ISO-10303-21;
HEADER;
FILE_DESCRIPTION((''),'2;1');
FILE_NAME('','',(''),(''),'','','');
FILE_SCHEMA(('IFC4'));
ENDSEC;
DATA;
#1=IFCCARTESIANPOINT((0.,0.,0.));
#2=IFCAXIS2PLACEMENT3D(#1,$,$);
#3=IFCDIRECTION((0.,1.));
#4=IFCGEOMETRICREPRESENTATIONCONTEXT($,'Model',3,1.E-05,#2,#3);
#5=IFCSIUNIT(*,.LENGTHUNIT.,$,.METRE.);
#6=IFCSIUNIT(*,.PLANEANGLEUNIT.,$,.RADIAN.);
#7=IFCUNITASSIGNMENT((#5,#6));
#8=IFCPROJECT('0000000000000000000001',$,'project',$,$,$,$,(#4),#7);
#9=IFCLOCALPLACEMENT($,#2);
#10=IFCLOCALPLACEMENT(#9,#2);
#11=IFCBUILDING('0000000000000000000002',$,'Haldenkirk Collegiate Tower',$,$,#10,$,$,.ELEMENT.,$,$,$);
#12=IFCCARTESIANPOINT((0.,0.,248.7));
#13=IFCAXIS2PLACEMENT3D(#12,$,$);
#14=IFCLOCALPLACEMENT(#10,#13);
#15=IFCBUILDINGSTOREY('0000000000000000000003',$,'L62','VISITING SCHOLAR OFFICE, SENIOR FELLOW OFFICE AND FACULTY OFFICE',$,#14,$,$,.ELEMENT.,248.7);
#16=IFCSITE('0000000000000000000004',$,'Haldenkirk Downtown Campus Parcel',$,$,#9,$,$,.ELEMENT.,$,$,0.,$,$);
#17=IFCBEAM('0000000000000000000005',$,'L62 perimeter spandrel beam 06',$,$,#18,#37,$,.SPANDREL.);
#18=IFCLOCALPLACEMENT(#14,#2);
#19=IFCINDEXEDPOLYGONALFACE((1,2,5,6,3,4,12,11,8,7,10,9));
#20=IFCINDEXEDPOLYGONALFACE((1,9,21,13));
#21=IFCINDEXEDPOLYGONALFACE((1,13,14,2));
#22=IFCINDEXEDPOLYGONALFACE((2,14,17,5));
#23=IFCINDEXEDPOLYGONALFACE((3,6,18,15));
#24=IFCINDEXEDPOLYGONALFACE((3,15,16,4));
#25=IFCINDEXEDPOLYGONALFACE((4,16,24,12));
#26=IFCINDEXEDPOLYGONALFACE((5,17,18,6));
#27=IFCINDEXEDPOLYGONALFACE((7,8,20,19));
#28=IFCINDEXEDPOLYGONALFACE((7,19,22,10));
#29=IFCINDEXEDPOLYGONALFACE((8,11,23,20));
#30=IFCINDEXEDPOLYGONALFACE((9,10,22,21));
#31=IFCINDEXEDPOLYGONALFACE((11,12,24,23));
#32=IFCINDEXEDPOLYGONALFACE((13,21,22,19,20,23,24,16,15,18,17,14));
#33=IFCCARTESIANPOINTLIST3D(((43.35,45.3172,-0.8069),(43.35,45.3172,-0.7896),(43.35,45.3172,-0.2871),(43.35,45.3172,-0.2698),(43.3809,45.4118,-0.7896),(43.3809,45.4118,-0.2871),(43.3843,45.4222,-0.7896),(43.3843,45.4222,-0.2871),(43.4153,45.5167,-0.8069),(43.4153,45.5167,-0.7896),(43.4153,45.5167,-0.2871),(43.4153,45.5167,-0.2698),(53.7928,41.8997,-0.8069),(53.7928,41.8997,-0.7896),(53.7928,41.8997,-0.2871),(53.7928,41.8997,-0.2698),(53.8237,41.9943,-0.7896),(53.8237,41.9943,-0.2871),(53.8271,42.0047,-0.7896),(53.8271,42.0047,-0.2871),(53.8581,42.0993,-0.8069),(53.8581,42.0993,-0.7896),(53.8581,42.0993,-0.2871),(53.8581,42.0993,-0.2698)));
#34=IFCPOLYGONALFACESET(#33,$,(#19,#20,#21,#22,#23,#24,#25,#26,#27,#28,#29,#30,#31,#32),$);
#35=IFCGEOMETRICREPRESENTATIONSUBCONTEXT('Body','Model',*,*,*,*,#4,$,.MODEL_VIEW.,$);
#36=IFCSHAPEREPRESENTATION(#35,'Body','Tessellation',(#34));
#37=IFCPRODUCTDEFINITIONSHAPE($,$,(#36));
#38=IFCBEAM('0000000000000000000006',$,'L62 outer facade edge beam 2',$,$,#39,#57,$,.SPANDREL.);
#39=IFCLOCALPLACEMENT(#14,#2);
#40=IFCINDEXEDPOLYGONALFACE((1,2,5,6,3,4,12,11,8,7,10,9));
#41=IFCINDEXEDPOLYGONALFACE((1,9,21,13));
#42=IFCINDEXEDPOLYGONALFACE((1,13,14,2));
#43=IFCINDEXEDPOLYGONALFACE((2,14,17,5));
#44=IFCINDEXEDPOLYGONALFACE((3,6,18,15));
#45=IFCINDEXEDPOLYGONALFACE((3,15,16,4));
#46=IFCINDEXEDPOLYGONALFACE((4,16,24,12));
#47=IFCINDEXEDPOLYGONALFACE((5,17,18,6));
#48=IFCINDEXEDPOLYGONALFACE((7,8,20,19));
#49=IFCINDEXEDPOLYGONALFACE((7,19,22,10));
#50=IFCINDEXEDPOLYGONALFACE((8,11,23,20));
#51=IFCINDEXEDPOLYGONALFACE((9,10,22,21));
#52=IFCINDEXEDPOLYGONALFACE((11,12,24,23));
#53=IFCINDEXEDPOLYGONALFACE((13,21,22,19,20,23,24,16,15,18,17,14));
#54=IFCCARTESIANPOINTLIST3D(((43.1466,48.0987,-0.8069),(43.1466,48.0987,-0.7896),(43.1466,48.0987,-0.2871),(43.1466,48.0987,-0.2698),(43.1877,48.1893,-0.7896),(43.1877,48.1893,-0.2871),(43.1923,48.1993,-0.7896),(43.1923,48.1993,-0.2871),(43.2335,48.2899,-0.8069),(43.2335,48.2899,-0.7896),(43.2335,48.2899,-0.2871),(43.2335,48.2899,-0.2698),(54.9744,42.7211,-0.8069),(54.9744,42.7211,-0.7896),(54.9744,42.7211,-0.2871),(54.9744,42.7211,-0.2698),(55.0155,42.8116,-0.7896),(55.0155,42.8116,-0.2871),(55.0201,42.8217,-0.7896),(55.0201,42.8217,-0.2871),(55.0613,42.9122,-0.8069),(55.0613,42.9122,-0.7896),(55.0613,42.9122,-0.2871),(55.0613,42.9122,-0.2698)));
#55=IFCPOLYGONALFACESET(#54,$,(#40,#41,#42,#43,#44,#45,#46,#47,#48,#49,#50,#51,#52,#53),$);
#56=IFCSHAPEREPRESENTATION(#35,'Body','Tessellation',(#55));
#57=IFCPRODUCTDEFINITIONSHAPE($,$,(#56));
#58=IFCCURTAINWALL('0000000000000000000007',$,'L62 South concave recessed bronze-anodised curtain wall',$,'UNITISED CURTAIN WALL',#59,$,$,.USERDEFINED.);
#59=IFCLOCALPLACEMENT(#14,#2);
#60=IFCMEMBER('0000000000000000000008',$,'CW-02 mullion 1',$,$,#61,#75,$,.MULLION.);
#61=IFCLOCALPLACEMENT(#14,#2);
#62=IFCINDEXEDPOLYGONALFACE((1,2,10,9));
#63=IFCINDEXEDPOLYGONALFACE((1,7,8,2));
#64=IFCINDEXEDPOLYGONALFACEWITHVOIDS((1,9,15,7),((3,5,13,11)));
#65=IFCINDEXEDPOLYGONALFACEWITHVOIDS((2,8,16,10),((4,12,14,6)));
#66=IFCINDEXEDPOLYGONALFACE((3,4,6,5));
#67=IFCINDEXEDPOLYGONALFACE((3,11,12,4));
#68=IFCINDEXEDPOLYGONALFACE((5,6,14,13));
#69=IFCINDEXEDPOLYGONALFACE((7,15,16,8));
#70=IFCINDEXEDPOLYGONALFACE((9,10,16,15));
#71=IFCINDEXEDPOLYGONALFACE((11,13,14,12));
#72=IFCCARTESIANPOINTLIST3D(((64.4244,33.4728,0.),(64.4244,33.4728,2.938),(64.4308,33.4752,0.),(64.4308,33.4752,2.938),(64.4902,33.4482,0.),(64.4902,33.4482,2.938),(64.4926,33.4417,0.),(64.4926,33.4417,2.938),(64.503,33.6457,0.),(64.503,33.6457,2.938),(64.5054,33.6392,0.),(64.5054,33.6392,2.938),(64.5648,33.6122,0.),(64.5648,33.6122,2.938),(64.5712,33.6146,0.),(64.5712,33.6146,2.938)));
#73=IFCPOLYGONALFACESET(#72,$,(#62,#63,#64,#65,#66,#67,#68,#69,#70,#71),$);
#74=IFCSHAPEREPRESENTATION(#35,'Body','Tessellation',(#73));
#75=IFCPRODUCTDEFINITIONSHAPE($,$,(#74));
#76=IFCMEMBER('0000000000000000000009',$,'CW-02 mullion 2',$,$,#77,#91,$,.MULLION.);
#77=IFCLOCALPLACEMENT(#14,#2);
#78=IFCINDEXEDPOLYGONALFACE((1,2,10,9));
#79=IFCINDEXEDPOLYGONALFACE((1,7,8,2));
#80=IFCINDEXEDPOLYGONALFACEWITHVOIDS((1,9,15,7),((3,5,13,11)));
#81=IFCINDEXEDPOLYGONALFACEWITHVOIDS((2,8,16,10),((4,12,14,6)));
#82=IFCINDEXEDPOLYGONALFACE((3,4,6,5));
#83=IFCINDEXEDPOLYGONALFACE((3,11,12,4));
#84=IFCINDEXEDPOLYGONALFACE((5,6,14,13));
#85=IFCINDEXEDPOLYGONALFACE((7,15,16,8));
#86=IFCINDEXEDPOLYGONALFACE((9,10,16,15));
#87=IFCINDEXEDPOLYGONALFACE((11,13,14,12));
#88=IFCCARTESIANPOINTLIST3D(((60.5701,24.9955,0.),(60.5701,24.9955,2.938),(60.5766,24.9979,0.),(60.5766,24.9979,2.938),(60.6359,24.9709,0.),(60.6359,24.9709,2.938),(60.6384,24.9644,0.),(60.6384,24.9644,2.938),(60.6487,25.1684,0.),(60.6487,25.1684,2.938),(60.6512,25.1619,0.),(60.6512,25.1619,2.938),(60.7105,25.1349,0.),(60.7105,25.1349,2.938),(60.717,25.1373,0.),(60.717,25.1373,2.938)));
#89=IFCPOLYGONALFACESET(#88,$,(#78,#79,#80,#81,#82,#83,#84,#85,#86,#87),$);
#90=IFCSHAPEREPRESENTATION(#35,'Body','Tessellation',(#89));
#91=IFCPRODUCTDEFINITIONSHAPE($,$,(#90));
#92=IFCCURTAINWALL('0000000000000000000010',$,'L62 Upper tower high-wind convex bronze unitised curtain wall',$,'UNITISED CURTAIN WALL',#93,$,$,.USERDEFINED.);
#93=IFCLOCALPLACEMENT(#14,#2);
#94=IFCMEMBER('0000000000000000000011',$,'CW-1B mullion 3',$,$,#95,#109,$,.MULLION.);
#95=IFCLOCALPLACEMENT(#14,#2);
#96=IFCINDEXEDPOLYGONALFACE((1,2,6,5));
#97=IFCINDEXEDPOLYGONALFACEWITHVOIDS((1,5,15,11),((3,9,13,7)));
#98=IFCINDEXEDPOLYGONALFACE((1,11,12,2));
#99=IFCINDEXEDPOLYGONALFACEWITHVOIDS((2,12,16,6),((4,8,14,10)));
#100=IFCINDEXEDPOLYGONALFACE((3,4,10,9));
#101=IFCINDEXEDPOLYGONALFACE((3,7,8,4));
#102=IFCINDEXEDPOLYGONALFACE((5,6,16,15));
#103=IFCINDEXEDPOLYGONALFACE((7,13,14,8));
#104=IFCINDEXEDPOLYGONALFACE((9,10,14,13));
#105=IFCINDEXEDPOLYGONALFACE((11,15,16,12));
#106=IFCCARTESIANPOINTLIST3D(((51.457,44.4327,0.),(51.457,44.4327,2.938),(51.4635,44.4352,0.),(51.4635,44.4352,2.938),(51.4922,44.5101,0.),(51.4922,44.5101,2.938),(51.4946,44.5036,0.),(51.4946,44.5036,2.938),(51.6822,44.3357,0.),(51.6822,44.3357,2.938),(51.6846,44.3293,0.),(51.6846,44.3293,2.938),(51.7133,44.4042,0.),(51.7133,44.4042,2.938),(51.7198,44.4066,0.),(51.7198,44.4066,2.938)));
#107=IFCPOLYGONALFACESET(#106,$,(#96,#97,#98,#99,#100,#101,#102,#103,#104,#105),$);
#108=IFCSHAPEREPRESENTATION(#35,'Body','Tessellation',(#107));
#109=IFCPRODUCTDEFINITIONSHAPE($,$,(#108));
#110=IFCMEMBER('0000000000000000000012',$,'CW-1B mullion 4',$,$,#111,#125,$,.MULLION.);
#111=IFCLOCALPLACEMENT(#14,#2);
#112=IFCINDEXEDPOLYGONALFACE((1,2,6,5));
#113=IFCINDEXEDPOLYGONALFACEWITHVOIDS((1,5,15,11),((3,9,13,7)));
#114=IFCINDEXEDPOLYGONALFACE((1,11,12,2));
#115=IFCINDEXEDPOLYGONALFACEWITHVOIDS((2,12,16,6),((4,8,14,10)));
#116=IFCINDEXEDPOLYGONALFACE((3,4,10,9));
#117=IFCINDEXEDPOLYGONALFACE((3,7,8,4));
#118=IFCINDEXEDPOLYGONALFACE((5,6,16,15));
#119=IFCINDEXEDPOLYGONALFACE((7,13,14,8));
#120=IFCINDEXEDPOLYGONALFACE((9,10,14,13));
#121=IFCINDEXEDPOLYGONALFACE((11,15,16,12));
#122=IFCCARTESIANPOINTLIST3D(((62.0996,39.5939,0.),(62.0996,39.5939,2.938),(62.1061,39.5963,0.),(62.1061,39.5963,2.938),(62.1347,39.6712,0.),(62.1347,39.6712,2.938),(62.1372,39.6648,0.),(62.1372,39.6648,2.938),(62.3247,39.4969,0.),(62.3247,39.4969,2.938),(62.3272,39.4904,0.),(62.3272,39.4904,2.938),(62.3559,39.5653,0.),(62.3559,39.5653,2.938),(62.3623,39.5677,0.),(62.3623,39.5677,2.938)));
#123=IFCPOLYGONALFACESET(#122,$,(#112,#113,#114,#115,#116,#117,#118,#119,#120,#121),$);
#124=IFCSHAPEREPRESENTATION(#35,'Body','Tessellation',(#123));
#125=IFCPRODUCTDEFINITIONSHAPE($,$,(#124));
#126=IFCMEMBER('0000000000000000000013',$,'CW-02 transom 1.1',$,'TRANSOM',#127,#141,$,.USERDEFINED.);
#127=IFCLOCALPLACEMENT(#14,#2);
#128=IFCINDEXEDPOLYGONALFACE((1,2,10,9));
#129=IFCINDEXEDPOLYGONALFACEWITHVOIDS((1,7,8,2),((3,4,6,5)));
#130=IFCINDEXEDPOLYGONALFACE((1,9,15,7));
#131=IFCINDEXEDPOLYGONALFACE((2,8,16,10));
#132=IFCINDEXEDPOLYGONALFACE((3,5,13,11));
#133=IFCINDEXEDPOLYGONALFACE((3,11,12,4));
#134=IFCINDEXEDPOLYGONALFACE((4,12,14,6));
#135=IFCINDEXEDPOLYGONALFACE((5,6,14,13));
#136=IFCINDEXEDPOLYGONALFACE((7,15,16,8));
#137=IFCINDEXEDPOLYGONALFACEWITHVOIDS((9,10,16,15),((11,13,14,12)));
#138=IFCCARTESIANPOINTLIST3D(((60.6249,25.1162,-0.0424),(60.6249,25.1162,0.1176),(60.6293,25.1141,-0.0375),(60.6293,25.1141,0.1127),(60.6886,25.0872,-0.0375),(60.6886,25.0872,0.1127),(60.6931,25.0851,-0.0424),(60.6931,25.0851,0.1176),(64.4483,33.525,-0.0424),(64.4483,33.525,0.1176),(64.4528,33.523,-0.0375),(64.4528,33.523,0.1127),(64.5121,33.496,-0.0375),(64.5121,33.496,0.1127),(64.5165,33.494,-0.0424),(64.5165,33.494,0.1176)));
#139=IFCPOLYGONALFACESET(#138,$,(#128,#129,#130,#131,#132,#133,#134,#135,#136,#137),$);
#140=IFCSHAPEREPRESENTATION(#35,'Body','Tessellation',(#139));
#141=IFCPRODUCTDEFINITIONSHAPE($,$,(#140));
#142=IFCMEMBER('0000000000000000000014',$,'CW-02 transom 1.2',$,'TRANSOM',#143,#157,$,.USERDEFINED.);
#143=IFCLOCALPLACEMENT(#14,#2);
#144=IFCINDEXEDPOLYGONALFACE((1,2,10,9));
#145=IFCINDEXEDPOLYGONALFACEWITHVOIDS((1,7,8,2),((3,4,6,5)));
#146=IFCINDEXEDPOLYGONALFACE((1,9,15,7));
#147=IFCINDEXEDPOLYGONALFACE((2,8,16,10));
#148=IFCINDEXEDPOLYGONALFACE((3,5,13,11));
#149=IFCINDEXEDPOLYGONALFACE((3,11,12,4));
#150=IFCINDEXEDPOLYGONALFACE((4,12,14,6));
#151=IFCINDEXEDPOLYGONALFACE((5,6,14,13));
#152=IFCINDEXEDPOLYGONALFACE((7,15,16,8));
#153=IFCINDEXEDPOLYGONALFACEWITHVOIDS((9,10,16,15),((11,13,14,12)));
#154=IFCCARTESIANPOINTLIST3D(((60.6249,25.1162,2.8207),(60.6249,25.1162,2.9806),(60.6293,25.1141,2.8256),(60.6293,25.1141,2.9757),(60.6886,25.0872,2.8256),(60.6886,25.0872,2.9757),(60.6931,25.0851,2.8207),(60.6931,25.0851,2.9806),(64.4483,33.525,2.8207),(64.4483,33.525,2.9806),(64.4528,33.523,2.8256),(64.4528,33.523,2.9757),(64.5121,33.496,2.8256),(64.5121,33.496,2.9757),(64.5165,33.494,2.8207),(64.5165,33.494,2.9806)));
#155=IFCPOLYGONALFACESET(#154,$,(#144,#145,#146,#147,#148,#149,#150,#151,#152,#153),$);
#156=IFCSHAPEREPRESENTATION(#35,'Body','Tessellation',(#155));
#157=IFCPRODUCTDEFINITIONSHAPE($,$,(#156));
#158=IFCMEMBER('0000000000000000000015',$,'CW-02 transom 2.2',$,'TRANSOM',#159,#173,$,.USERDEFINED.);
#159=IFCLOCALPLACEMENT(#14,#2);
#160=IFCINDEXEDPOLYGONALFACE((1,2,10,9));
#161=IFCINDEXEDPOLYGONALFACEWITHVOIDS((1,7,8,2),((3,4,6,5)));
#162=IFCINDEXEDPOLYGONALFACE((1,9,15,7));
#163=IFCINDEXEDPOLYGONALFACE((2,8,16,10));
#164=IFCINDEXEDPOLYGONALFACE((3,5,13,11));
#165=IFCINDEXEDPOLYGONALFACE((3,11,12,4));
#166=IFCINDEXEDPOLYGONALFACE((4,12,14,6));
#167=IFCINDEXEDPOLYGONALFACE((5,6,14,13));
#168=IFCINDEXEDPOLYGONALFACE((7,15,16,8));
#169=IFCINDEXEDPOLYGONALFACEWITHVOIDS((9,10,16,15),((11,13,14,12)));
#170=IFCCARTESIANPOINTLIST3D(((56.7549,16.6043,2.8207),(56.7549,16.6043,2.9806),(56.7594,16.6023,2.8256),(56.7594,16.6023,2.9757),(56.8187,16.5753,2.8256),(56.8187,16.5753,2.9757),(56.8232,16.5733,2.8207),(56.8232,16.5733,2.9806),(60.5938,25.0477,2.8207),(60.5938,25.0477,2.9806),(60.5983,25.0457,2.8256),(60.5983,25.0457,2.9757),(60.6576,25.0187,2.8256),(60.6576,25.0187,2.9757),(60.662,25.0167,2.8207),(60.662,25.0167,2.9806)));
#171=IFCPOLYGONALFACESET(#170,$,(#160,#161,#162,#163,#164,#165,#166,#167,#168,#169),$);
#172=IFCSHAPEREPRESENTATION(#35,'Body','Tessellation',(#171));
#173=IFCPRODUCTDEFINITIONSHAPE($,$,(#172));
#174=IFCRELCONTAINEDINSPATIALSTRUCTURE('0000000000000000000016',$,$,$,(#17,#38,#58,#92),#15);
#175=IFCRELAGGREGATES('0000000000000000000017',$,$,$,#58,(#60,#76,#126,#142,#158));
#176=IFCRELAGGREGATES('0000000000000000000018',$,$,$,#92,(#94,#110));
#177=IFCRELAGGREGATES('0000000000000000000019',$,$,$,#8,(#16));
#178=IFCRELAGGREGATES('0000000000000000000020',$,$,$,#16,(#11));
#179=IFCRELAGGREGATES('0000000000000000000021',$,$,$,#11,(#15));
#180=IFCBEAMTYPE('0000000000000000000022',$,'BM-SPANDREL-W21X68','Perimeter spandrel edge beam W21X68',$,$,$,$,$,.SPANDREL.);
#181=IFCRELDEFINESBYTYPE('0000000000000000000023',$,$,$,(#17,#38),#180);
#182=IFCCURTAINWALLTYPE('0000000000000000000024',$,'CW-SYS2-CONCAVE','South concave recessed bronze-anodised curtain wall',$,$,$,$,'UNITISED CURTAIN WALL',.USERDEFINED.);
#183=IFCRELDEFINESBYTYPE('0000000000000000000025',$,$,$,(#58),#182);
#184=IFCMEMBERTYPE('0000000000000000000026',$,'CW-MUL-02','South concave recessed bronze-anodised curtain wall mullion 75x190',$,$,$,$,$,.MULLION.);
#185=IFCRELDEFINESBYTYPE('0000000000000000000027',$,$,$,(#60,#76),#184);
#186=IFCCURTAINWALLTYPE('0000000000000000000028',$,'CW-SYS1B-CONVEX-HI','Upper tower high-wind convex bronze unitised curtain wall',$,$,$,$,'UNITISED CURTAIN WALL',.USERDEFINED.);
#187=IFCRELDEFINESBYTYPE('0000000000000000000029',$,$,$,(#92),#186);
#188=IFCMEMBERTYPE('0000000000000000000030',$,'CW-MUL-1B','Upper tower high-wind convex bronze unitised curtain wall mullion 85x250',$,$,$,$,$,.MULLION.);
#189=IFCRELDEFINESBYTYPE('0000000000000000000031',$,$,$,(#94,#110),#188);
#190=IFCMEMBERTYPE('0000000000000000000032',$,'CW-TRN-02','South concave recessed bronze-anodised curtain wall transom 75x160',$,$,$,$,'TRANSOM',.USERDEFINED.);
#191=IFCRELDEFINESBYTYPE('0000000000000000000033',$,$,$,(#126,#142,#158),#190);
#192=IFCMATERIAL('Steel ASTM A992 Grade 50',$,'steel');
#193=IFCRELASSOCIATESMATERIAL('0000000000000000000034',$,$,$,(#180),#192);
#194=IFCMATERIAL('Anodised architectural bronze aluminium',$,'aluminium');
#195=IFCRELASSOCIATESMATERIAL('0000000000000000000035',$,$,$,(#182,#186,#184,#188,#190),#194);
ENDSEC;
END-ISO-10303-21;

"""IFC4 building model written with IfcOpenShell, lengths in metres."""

from ifc_helpers import new_model, si_unit, direction, frame, origin, origin_2d, place, context, subcontext, project, spatial, hollow_rectangle, i_section, extrude, material, material_profile, profile_set, type_object, element, aggregate, save


model = new_model("IFC4")

# Units and contexts
model_context = context("Model", 3, precision=1e-05, world=origin(), true_north=direction((0.0, 1.0)))
body_context = subcontext(model_context, "Body", "Model", "MODEL_VIEW")
ifc_project = project(units=[si_unit("LENGTHUNIT", "METRE"), si_unit("PLANEANGLEUNIT", "RADIAN")], contexts=[model_context])

# Site, building, storey
site_placement = place(None, origin())
site = spatial("IfcSite", under=ifc_project, at=site_placement, Name="Haldenkirk Downtown Campus Parcel", CompositionType="ELEMENT", RefElevation=0.0)
building_placement = place(site_placement, origin())
building = spatial("IfcBuilding", under=site, at=building_placement, Name="Haldenkirk Collegiate Tower", CompositionType="ELEMENT")
storey_placement = place(building_placement, frame((0.0, 0.0, 248.7)))
storey = spatial("IfcBuildingStorey", under=building, at=storey_placement, Name="L62", Description="VISITING SCHOLAR OFFICE, SENIOR FELLOW OFFICE AND FACULTY OFFICE", CompositionType="ELEMENT", Elevation=248.7)

# Beams
ifc_material_1 = material(Name="Steel ASTM A992 Grade 50", Category="steel")
ifc_material_profile_1 = material_profile(ifc_material_1, i_section(OverallWidth=0.21, OverallDepth=0.5371, WebThickness=0.011, FlangeThickness=0.0173, at=origin_2d()), Name="W21X68")
ifc_profile_set_1 = profile_set([ifc_material_profile_1], Name="Steel ASTM A992 Grade 50")
beam_type_1 = type_object("IfcBeamType", Name="BM-SPANDREL-W21X68", Description="Perimeter spandrel edge beam W21X68", PredefinedType="SPANDREL", material=ifc_profile_set_1)
beam_1_placement = place(storey_placement, frame((53.8254, 41.9995, -0.5383), z_axis=(-0.950402, 0.311024, 0.0), x_axis=(-0.311024, -0.950402, 0.0)))
element("IfcBeam", 1, at=beam_1_placement, inside=storey, type_object=beam_type_1, Name="L62 perimeter spandrel beam 06", PredefinedType="SPANDREL", context=body_context, shape_type="SweptSolid", body=[
    extrude(i_section(OverallWidth=0.21, OverallDepth=0.5371, WebThickness=0.011, FlangeThickness=0.0173, at=origin_2d()), origin(), (0.0, 0.0, 1.0), 10.9878),
])
beam_2_placement = place(storey_placement, frame((55.0178, 42.8167, -0.5383), z_axis=(-0.910327, 0.413891, 0.0), x_axis=(-0.413891, -0.910327, 0.0)))
element("IfcBeam", 2, at=beam_2_placement, inside=storey, type_object=beam_type_1, Name="L62 outer facade edge beam 2", PredefinedType="SPANDREL", context=body_context, shape_type="SweptSolid", body=[
    extrude(i_section(OverallWidth=0.21, OverallDepth=0.5371, WebThickness=0.011, FlangeThickness=0.0173, at=origin_2d()), origin(), (0.0, 0.0, 1.0), 12.9929),
])

# Curtain walls, members
ifc_material_2 = material(Name="Anodised architectural bronze aluminium", Category="aluminium")
curtain_wall_type_1 = type_object("IfcCurtainWallType", Name="CW-SYS2-CONCAVE", Description="South concave recessed bronze-anodised curtain wall", ElementType="UNITISED CURTAIN WALL", PredefinedType="USERDEFINED", material=ifc_material_2)
curtain_wall_1_placement = place(storey_placement, origin())
curtain_wall_1 = element("IfcCurtainWall", 3, at=curtain_wall_1_placement, inside=storey, type_object=curtain_wall_type_1, Name="L62 South concave recessed bronze-anodised curtain wall", ObjectType="UNITISED CURTAIN WALL", PredefinedType="USERDEFINED")
ifc_material_profile_2 = material_profile(ifc_material_2, hollow_rectangle(XDim=0.075, YDim=0.1899, WallThickness=0.0049, at=origin_2d()), Name="CW-MUL-02")
ifc_profile_set_2 = profile_set([ifc_material_profile_2], Name="Anodised architectural bronze aluminium")
member_type_1 = type_object("IfcMemberType", Name="CW-MUL-02", Description="South concave recessed bronze-anodised curtain wall mullion 75x190", PredefinedType="MULLION", material=ifc_profile_set_2)
member_1_placement = place(storey_placement, frame((64.4978, 33.5437, 0.0), z_axis=(0.0, 0.0, 1.0), x_axis=(0.910323, -0.413898, 0.0)))
member_1 = element("IfcMember", 4, at=member_1_placement, type_object=member_type_1, Name="CW-02 mullion 1", PredefinedType="MULLION", context=body_context, shape_type="SweptSolid", body=[
    extrude(hollow_rectangle(XDim=0.075, YDim=0.1899, WallThickness=0.0049, at=origin_2d()), origin(), (0.0, 0.0, 1.0), 2.938),
])
member_2_placement = place(storey_placement, frame((60.6436, 25.0664, 0.0), z_axis=(0.0, 0.0, 1.0), x_axis=(0.910323, -0.413898, 0.0)))
member_2 = element("IfcMember", 5, at=member_2_placement, type_object=member_type_1, Name="CW-02 mullion 2", PredefinedType="MULLION", context=body_context, shape_type="SweptSolid", body=[
    extrude(hollow_rectangle(XDim=0.075, YDim=0.1899, WallThickness=0.0049, at=origin_2d()), origin(), (0.0, 0.0, 1.0), 2.938),
])
curtain_wall_type_2 = type_object("IfcCurtainWallType", Name="CW-SYS1B-CONVEX-HI", Description="Upper tower high-wind convex bronze unitised curtain wall", ElementType="UNITISED CURTAIN WALL", PredefinedType="USERDEFINED", material=ifc_material_2)
curtain_wall_2_placement = place(storey_placement, origin())
curtain_wall_2 = element("IfcCurtainWall", 6, at=curtain_wall_2_placement, inside=storey, type_object=curtain_wall_type_2, Name="L62 Upper tower high-wind convex bronze unitised curtain wall", ObjectType="UNITISED CURTAIN WALL", PredefinedType="USERDEFINED")
ifc_material_profile_3 = material_profile(ifc_material_2, hollow_rectangle(XDim=0.085, YDim=0.25, WallThickness=0.0049, at=origin_2d()), Name="CW-MUL-1B")
ifc_profile_set_3 = profile_set([ifc_material_profile_3], Name="Anodised architectural bronze aluminium")
member_type_2 = type_object("IfcMemberType", Name="CW-MUL-1B", Description="Upper tower high-wind convex bronze unitised curtain wall mullion 85x250", PredefinedType="MULLION", material=ifc_profile_set_3)
member_3_placement = place(storey_placement, frame((51.5884, 44.4197, 0.0), z_axis=(0.0, 0.0, 1.0), x_axis=(0.413901, 0.910322, 0.0)))
member_3 = element("IfcMember", 7, at=member_3_placement, type_object=member_type_2, Name="CW-1B mullion 3", PredefinedType="MULLION", context=body_context, shape_type="SweptSolid", body=[
    extrude(hollow_rectangle(XDim=0.085, YDim=0.25, WallThickness=0.0049, at=origin_2d()), origin(), (0.0, 0.0, 1.0), 2.938),
])
member_4_placement = place(storey_placement, frame((62.231, 39.5808, 0.0), z_axis=(0.0, 0.0, 1.0), x_axis=(0.413901, 0.910322, 0.0)))
member_4 = element("IfcMember", 8, at=member_4_placement, type_object=member_type_2, Name="CW-1B mullion 4", PredefinedType="MULLION", context=body_context, shape_type="SweptSolid", body=[
    extrude(hollow_rectangle(XDim=0.085, YDim=0.25, WallThickness=0.0049, at=origin_2d()), origin(), (0.0, 0.0, 1.0), 2.938),
])

# Members
ifc_material_profile_4 = material_profile(ifc_material_2, hollow_rectangle(XDim=0.075, YDim=0.1599, WallThickness=0.0049, at=origin_2d()), Name="CW-TRN-02")
ifc_profile_set_4 = profile_set([ifc_material_profile_4], Name="Anodised architectural bronze aluminium")
member_type_3 = type_object("IfcMemberType", Name="CW-TRN-02", Description="South concave recessed bronze-anodised curtain wall transom 75x160", ElementType="TRANSOM", PredefinedType="USERDEFINED", material=ifc_profile_set_4)
member_5_placement = place(storey_placement, frame((64.4824, 33.5095, 0.0376), z_axis=(-0.413914, -0.910316, 0.0), x_axis=(0.910316, -0.413914, 0.0)))
member_5 = element("IfcMember", 9, at=member_5_placement, type_object=member_type_3, Name="CW-02 transom 1.1", ObjectType="TRANSOM", PredefinedType="USERDEFINED", context=body_context, shape_type="SweptSolid", body=[
    extrude(hollow_rectangle(XDim=0.075, YDim=0.1599, WallThickness=0.0049, at=origin_2d()), origin(), (0.0, 0.0, 1.0), 9.2373),
])
member_6_placement = place(storey_placement, frame((64.4824, 33.5095, 2.9006), z_axis=(-0.413914, -0.910316, 0.0), x_axis=(0.910316, -0.413914, 0.0)))
member_6 = element("IfcMember", 10, at=member_6_placement, type_object=member_type_3, Name="CW-02 transom 1.2", ObjectType="TRANSOM", PredefinedType="USERDEFINED", context=body_context, shape_type="SweptSolid", body=[
    extrude(hollow_rectangle(XDim=0.075, YDim=0.1599, WallThickness=0.0049, at=origin_2d()), origin(), (0.0, 0.0, 1.0), 9.2373),
])
member_7_placement = place(storey_placement, frame((60.6279, 25.0322, 2.9006), z_axis=(-0.41389, -0.910327, 0.0), x_axis=(0.910327, -0.41389, 0.0)))
member_7 = element("IfcMember", 11, at=member_7_placement, type_object=member_type_3, Name="CW-02 transom 2.2", ObjectType="TRANSOM", PredefinedType="USERDEFINED", context=body_context, shape_type="SweptSolid", body=[
    extrude(hollow_rectangle(XDim=0.075, YDim=0.1599, WallThickness=0.0049, at=origin_2d()), origin(), (0.0, 0.0, 1.0), 9.2751),
])

aggregate(curtain_wall_1, [member_1, member_2, member_5, member_6, member_7])
aggregate(curtain_wall_2, [member_3, member_4])

save(model, "model.ifc")
